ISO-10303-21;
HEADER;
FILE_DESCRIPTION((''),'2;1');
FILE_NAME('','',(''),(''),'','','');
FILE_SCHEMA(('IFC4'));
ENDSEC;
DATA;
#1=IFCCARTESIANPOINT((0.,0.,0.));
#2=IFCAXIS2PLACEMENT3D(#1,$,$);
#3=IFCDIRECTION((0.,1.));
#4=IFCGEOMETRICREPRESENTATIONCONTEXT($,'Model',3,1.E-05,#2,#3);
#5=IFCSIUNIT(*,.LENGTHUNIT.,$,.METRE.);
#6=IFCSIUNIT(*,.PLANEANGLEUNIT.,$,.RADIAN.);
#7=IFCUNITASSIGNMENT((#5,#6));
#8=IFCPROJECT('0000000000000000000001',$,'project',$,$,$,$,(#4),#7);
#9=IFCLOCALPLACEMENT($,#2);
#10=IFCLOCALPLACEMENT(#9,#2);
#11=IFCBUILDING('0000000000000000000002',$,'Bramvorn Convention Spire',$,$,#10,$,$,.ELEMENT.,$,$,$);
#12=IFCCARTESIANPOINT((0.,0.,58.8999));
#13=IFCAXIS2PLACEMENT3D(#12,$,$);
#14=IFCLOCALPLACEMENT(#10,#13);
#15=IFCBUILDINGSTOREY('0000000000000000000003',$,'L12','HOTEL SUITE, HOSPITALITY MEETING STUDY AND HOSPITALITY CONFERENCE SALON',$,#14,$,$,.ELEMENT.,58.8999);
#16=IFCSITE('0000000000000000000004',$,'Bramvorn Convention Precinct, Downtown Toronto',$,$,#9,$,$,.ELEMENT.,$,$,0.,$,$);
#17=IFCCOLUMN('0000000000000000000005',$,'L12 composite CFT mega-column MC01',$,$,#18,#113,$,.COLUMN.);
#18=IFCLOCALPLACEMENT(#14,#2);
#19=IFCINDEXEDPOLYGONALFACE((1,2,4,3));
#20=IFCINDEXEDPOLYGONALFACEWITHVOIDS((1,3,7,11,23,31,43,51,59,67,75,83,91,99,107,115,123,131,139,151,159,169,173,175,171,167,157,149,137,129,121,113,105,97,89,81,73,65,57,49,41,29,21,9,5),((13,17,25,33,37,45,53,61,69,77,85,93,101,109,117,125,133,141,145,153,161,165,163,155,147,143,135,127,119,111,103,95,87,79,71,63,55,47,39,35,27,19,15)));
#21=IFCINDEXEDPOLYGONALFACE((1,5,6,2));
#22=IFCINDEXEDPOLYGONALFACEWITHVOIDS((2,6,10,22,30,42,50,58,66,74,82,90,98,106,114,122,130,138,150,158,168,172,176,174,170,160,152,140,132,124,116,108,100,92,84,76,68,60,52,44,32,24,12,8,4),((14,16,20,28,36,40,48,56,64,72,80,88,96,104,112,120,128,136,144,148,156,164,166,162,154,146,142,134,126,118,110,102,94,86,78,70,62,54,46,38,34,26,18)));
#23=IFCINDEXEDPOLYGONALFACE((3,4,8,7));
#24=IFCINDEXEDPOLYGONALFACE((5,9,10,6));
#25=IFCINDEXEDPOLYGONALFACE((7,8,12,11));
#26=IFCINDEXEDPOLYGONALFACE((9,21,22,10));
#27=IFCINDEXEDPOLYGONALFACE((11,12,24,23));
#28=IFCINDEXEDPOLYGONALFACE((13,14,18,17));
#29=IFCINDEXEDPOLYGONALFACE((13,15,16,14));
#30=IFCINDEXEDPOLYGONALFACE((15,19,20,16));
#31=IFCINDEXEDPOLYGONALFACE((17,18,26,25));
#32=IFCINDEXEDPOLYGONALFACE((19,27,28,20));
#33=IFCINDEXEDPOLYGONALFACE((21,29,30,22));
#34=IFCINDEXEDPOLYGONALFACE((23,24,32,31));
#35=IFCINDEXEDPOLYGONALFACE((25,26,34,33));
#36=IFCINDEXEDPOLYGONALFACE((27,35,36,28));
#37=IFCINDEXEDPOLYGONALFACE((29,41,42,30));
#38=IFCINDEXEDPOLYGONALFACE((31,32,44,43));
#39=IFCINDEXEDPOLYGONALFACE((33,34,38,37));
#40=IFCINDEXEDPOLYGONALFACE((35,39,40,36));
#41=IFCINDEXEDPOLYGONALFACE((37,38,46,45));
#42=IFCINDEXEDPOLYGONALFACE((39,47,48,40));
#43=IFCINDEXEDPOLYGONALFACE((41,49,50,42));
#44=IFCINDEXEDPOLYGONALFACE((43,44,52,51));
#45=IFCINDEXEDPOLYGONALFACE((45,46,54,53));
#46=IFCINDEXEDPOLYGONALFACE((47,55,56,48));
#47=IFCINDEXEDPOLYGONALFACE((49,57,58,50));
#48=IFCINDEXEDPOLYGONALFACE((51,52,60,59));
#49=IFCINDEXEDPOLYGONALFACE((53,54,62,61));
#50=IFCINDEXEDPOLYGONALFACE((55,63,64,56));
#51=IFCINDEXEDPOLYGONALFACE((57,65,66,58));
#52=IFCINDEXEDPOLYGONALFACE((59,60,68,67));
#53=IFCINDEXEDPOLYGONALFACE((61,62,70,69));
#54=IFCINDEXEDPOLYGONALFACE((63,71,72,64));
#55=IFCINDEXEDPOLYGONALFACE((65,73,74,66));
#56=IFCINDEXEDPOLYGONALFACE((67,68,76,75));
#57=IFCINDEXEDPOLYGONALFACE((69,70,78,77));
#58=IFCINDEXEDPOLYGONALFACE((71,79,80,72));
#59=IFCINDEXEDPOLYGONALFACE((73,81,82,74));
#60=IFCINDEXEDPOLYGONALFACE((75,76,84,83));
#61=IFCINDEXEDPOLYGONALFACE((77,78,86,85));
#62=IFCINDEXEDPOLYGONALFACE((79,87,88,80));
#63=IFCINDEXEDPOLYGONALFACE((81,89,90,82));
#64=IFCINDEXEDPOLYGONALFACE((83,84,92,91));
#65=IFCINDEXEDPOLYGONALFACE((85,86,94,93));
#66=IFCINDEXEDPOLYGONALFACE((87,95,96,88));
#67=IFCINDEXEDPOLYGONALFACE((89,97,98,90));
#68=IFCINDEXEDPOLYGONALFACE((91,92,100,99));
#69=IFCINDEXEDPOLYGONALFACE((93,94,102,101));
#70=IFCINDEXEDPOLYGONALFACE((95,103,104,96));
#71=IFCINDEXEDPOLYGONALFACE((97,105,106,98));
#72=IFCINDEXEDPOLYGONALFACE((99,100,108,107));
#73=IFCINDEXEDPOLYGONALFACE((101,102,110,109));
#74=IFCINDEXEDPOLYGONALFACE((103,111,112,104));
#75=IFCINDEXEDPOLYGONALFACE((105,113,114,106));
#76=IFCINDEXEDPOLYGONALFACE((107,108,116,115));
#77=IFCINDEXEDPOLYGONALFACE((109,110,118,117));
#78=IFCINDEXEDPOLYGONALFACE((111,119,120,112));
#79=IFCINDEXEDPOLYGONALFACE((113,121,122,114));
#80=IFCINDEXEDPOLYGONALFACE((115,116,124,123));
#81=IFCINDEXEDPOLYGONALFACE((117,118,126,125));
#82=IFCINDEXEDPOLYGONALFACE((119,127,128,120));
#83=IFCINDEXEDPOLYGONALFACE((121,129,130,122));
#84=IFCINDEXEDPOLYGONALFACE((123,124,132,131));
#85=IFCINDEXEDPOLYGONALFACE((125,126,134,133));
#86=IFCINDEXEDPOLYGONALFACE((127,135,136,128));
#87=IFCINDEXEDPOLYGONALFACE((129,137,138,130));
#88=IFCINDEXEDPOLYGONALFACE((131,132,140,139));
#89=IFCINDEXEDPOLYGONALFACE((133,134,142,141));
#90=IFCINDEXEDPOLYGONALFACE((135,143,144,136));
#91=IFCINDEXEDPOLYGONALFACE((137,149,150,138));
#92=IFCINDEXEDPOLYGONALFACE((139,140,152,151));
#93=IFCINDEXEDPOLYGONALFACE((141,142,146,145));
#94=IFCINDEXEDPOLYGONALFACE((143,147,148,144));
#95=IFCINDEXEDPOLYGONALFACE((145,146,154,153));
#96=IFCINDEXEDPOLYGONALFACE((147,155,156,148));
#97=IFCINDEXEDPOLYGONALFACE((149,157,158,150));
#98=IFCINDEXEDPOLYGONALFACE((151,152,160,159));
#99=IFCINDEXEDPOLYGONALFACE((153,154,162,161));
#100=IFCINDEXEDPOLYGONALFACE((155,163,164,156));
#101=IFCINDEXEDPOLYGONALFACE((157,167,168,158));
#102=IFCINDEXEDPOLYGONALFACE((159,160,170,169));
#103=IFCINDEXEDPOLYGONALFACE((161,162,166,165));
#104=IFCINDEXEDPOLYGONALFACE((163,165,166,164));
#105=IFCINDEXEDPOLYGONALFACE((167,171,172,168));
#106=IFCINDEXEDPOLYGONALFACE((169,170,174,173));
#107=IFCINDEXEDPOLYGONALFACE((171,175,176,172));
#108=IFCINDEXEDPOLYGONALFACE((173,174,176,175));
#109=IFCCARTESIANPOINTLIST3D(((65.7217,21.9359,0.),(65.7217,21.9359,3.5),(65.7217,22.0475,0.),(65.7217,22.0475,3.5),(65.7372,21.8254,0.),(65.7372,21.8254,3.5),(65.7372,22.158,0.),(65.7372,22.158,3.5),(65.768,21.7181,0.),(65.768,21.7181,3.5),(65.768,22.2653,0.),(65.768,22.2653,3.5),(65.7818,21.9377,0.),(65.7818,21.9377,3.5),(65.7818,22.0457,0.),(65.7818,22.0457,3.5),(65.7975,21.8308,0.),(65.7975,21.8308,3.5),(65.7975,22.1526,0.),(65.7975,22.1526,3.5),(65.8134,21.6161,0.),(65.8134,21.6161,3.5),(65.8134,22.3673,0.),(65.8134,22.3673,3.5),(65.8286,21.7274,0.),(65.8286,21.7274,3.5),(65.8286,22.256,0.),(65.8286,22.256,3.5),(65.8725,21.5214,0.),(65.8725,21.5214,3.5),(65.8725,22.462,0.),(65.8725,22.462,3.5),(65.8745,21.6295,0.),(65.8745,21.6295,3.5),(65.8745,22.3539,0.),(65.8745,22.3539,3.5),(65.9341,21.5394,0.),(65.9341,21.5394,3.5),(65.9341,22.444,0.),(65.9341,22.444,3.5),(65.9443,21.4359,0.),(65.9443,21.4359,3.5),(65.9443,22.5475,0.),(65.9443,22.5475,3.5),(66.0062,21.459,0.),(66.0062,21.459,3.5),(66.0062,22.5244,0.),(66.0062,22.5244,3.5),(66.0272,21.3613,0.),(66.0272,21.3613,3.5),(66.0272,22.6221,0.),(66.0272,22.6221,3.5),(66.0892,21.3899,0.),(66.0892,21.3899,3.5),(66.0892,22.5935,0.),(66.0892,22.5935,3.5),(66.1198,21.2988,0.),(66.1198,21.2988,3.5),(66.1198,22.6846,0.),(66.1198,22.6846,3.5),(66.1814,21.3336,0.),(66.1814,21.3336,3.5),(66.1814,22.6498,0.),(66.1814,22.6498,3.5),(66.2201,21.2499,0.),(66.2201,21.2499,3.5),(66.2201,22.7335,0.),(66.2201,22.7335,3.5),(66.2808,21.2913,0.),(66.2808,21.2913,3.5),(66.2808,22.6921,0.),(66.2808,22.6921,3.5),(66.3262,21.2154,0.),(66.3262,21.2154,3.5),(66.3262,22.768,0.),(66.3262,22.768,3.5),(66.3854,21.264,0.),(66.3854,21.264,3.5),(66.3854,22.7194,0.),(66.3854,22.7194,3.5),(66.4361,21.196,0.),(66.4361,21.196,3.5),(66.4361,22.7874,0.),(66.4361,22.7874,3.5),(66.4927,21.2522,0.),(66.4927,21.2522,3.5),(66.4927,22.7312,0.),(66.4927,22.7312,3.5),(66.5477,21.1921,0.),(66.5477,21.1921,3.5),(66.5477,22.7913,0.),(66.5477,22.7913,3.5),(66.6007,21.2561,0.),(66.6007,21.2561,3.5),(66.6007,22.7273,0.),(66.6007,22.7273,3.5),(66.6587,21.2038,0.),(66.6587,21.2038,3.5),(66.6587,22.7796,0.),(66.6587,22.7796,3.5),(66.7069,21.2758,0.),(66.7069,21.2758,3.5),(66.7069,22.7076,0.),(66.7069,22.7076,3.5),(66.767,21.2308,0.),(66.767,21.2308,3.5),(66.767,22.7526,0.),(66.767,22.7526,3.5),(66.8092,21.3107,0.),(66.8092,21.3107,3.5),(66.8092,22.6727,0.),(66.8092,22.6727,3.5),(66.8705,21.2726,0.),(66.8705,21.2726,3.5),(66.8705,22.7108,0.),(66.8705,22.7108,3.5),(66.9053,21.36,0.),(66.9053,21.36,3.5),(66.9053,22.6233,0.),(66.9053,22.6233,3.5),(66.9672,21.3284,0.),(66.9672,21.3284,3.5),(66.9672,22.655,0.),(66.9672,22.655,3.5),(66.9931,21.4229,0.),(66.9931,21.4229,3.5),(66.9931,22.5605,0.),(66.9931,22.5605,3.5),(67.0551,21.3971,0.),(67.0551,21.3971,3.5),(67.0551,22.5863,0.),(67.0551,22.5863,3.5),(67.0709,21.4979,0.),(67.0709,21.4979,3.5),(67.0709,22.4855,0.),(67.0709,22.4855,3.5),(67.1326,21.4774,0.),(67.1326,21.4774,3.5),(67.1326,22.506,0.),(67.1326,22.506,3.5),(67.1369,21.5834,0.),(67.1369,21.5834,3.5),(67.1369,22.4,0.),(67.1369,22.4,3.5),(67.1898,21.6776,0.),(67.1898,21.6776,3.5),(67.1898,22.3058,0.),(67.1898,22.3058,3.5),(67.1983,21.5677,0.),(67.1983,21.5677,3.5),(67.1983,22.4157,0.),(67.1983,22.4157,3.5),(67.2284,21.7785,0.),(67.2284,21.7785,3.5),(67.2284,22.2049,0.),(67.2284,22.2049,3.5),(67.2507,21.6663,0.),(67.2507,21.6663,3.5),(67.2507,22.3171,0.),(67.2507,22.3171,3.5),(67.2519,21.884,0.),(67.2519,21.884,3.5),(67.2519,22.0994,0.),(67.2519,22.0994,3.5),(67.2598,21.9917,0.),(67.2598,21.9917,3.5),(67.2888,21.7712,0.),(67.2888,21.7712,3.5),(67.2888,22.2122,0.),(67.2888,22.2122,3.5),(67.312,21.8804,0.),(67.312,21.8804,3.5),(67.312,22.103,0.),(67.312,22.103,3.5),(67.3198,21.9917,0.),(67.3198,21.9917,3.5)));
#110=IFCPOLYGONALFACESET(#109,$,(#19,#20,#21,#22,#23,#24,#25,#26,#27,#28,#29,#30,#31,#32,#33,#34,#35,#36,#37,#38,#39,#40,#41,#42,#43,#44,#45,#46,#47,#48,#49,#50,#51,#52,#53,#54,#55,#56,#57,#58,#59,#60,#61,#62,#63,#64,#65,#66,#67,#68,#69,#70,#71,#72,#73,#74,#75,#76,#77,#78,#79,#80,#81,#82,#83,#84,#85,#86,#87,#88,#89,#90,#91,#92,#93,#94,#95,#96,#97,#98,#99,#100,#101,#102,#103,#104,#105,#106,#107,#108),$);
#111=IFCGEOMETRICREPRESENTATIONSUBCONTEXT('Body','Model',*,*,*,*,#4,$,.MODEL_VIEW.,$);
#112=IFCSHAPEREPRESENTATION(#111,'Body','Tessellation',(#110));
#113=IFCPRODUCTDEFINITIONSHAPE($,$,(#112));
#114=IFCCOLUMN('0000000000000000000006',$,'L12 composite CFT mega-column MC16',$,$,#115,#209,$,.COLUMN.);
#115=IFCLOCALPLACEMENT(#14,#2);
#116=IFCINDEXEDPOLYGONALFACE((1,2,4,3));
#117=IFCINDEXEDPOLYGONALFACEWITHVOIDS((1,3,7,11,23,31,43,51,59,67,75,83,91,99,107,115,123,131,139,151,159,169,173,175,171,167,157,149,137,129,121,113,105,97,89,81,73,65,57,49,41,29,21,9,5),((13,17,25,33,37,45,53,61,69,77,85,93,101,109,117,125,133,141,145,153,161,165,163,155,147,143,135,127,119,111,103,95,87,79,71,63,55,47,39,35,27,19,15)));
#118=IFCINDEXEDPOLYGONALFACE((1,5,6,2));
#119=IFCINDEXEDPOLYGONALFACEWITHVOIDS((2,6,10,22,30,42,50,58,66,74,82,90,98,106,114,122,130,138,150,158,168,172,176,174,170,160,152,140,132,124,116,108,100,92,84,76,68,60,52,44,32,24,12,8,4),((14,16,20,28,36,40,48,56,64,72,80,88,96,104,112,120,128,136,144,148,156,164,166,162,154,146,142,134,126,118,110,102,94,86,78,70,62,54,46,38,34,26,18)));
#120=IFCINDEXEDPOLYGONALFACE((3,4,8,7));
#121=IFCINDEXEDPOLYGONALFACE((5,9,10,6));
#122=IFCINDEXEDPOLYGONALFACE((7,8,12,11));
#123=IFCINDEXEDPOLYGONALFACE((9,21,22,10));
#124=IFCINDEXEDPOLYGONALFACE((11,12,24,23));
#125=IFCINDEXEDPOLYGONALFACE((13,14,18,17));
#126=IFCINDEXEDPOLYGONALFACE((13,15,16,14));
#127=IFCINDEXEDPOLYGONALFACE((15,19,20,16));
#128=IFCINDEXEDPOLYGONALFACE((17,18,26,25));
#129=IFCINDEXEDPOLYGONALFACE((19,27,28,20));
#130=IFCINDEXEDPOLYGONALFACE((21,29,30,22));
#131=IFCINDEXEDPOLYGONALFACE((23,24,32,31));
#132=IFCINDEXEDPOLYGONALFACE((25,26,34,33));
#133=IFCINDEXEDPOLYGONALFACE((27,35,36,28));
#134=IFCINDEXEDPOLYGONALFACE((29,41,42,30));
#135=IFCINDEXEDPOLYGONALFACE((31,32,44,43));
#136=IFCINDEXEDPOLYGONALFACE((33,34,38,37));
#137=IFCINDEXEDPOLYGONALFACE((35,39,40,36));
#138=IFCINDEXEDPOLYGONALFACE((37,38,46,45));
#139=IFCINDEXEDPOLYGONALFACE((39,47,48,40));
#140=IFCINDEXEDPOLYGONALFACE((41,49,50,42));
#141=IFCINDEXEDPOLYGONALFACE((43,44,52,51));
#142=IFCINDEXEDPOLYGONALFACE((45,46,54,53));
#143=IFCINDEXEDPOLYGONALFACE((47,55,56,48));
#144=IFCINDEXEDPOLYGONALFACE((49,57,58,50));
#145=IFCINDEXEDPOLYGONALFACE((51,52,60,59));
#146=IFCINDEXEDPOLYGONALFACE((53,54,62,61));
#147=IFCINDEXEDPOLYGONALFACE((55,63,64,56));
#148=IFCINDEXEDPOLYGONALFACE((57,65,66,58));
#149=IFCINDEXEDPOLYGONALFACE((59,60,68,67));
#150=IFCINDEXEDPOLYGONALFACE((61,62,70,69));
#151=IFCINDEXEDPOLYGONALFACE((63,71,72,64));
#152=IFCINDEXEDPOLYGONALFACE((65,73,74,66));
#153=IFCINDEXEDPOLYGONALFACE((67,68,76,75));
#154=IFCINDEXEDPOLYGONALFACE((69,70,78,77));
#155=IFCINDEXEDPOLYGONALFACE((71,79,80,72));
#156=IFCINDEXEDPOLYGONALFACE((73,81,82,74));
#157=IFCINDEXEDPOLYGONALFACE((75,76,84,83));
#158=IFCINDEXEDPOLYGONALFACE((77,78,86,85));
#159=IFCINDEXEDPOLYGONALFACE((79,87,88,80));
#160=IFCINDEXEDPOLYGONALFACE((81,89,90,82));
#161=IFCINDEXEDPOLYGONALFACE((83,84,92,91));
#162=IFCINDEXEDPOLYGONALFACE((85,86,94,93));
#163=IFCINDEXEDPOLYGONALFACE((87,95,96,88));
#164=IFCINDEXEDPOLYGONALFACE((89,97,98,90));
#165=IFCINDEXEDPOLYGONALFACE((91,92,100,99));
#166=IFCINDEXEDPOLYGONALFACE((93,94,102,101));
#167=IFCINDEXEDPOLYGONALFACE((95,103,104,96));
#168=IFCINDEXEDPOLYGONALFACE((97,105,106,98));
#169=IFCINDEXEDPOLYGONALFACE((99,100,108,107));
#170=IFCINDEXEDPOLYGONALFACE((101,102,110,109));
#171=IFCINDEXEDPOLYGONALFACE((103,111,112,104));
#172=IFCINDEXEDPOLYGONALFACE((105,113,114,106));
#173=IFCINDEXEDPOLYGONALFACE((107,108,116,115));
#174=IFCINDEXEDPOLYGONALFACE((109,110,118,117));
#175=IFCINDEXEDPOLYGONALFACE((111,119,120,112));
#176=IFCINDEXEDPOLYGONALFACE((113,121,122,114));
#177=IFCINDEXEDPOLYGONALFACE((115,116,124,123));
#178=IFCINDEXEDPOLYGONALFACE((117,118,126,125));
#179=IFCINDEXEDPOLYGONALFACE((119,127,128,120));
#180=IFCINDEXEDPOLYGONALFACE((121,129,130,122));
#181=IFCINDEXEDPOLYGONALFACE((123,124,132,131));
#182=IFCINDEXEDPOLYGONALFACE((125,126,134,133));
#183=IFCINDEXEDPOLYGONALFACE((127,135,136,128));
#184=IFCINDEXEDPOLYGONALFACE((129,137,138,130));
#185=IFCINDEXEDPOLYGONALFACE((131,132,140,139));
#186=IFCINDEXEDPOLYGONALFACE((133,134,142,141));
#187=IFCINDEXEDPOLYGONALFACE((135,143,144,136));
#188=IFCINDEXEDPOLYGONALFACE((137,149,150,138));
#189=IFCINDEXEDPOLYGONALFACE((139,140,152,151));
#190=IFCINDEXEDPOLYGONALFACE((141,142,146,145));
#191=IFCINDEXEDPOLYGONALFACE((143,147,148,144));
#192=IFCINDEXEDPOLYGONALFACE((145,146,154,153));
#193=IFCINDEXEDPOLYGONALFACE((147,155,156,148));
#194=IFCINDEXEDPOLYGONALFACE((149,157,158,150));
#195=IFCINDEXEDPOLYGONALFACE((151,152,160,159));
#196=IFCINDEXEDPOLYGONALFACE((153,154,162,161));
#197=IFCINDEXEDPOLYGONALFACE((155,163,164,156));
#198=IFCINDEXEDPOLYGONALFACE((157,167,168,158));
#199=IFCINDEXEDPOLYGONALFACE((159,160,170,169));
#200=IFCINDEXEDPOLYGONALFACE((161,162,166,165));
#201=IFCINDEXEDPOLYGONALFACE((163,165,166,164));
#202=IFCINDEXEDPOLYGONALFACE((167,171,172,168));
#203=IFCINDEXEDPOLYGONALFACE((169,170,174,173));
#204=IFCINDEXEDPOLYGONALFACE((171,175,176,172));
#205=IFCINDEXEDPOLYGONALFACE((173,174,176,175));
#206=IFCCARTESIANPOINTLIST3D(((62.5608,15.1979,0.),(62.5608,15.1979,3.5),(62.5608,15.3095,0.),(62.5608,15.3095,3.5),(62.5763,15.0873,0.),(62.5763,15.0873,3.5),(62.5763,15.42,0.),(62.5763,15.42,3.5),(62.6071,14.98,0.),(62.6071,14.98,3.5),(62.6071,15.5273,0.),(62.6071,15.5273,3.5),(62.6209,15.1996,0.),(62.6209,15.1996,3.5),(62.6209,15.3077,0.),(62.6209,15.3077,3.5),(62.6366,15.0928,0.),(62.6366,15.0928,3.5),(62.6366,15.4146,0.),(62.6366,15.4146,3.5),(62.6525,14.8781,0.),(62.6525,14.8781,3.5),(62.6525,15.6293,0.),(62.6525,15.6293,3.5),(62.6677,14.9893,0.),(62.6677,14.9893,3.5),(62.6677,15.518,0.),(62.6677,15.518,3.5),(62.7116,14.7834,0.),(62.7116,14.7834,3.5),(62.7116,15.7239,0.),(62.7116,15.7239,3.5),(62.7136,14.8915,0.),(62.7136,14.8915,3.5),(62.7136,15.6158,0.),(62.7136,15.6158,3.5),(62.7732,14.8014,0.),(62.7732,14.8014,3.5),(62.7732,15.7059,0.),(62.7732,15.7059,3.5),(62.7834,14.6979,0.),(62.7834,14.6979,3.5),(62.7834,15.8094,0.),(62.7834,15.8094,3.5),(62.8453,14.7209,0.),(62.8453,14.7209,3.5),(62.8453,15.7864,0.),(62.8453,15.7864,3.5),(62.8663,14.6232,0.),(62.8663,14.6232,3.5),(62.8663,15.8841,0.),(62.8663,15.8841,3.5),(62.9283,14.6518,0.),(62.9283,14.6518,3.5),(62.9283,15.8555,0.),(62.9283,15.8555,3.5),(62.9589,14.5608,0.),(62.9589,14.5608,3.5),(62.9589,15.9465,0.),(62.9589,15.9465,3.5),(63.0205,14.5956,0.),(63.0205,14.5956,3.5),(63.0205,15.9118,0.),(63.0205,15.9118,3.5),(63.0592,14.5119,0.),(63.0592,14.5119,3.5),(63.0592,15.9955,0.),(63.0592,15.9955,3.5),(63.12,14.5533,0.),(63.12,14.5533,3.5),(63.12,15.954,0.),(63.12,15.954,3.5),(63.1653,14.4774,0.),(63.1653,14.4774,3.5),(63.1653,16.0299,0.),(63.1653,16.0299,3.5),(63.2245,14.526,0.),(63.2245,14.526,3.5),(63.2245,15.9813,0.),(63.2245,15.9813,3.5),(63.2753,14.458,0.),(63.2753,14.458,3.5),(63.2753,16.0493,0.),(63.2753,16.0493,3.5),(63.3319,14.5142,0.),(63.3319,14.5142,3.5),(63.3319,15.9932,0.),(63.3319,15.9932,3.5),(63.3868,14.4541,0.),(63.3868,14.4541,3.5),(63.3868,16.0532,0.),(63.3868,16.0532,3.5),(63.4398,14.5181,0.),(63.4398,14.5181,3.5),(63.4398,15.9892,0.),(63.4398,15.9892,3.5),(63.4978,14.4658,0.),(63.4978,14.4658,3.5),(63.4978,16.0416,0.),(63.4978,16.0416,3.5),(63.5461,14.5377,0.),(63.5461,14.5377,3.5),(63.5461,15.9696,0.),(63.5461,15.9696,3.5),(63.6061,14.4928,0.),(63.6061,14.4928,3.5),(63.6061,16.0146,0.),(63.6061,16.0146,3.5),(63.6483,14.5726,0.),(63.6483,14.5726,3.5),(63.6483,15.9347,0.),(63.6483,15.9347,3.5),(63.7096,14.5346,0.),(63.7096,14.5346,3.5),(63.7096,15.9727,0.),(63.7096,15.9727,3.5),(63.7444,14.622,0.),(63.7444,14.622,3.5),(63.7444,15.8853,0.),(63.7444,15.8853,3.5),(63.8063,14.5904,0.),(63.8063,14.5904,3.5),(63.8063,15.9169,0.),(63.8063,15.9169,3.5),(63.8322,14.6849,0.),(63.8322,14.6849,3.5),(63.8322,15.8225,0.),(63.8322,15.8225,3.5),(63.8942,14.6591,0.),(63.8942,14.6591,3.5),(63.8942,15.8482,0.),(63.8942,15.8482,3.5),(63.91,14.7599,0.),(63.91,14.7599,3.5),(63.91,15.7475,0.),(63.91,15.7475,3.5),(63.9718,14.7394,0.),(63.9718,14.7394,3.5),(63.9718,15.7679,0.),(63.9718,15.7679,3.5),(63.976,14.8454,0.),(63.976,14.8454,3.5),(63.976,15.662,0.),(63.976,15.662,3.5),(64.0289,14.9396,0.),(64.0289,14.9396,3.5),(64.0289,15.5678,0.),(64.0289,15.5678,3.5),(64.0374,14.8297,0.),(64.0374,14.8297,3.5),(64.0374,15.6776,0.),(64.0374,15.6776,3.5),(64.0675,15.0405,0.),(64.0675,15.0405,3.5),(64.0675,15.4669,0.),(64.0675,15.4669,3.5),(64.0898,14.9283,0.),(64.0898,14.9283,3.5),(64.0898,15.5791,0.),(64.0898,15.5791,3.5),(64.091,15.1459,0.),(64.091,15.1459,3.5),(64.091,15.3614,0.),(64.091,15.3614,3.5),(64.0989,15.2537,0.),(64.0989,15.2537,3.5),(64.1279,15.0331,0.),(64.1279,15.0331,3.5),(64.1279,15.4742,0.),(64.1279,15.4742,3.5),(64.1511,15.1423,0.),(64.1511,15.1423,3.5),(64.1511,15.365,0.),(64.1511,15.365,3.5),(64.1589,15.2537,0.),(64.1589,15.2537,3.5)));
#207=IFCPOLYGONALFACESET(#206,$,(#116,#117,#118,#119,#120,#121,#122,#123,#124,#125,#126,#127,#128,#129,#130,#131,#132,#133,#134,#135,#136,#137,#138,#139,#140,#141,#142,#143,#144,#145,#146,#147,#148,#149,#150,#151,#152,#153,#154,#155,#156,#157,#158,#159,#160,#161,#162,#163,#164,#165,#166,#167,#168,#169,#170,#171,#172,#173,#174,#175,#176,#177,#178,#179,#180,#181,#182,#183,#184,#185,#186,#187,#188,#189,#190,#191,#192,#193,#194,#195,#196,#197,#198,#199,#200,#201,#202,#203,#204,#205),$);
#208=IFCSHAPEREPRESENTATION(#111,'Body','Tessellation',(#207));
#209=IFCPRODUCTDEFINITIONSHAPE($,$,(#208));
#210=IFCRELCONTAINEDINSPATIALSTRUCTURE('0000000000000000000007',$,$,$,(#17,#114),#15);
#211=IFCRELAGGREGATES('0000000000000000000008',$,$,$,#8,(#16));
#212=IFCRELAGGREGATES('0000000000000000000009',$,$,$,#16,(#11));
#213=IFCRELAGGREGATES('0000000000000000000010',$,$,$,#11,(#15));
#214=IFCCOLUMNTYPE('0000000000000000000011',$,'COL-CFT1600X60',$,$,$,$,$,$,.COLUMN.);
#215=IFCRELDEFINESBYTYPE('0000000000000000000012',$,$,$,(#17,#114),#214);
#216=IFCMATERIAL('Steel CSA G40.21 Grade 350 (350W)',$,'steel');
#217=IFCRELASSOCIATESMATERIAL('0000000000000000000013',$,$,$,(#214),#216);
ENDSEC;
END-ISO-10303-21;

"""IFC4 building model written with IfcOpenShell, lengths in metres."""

from ifc_helpers import new_model, si_unit, direction, frame, origin, origin_2d, place, context, subcontext, project, spatial, hollow_circle, extrude, material, material_profile, profile_set, type_object, element, save


model = new_model("IFC4")

# Units and contexts
model_context = context("Model", 3, precision=1e-05, world=origin(), true_north=direction((0.0, 1.0)))
body_context = subcontext(model_context, "Body", "Model", "MODEL_VIEW")
ifc_project = project(units=[si_unit("LENGTHUNIT", "METRE"), si_unit("PLANEANGLEUNIT", "RADIAN")], contexts=[model_context])

# Site, building, storey
site_placement = place(None, origin())
site = spatial("IfcSite", under=ifc_project, at=site_placement, Name="Bramvorn Convention Precinct, Downtown Toronto", CompositionType="ELEMENT", RefElevation=0.0)
building_placement = place(site_placement, origin())
building = spatial("IfcBuilding", under=site, at=building_placement, Name="Bramvorn Convention Spire", CompositionType="ELEMENT")
storey_placement = place(building_placement, frame((0.0, 0.0, 58.8999)))
storey = spatial("IfcBuildingStorey", under=building, at=storey_placement, Name="L12", Description="HOTEL SUITE, HOSPITALITY MEETING STUDY AND HOSPITALITY CONFERENCE SALON", CompositionType="ELEMENT", Elevation=58.8999)

# Columns
ifc_material_1 = material(Name="Steel CSA G40.21 Grade 350 (350W)", Category="steel")
ifc_material_profile_1 = material_profile(ifc_material_1, hollow_circle(Radius=0.8, WallThickness=0.0601, at=origin_2d()))
ifc_profile_set_1 = profile_set([ifc_material_profile_1], Name="Steel CSA G40.21 Grade 350 (350W) - CFT1600X60")
column_type = type_object("IfcColumnType", Name="COL-CFT1600X60", PredefinedType="COLUMN", material=ifc_profile_set_1)
for number, where, z_axis, x_axis, name in (
    (1, (66.5198, 21.9917, 0.0), (0.0, 0.0, 1.0), (1.0, 0.0, 0.0), "L12 composite CFT mega-column MC01"),
    (2, (63.3589, 15.2537, 0.0), (0.0, 0.0, 1.0), (1.0, 0.0, 0.0), "L12 composite CFT mega-column MC16"),
):
    element("IfcColumn", number, at=place(storey_placement, frame(where, z_axis=z_axis, x_axis=x_axis)), inside=storey, type_object=column_type, Name=name, PredefinedType="COLUMN", context=body_context, shape_type="SweptSolid", body=[
        extrude(hollow_circle(Radius=0.8, WallThickness=0.0601, at=origin_2d()), origin(), (0.0, 0.0, 1.0), 3.5),
    ])

save(model, "model.ifc")
